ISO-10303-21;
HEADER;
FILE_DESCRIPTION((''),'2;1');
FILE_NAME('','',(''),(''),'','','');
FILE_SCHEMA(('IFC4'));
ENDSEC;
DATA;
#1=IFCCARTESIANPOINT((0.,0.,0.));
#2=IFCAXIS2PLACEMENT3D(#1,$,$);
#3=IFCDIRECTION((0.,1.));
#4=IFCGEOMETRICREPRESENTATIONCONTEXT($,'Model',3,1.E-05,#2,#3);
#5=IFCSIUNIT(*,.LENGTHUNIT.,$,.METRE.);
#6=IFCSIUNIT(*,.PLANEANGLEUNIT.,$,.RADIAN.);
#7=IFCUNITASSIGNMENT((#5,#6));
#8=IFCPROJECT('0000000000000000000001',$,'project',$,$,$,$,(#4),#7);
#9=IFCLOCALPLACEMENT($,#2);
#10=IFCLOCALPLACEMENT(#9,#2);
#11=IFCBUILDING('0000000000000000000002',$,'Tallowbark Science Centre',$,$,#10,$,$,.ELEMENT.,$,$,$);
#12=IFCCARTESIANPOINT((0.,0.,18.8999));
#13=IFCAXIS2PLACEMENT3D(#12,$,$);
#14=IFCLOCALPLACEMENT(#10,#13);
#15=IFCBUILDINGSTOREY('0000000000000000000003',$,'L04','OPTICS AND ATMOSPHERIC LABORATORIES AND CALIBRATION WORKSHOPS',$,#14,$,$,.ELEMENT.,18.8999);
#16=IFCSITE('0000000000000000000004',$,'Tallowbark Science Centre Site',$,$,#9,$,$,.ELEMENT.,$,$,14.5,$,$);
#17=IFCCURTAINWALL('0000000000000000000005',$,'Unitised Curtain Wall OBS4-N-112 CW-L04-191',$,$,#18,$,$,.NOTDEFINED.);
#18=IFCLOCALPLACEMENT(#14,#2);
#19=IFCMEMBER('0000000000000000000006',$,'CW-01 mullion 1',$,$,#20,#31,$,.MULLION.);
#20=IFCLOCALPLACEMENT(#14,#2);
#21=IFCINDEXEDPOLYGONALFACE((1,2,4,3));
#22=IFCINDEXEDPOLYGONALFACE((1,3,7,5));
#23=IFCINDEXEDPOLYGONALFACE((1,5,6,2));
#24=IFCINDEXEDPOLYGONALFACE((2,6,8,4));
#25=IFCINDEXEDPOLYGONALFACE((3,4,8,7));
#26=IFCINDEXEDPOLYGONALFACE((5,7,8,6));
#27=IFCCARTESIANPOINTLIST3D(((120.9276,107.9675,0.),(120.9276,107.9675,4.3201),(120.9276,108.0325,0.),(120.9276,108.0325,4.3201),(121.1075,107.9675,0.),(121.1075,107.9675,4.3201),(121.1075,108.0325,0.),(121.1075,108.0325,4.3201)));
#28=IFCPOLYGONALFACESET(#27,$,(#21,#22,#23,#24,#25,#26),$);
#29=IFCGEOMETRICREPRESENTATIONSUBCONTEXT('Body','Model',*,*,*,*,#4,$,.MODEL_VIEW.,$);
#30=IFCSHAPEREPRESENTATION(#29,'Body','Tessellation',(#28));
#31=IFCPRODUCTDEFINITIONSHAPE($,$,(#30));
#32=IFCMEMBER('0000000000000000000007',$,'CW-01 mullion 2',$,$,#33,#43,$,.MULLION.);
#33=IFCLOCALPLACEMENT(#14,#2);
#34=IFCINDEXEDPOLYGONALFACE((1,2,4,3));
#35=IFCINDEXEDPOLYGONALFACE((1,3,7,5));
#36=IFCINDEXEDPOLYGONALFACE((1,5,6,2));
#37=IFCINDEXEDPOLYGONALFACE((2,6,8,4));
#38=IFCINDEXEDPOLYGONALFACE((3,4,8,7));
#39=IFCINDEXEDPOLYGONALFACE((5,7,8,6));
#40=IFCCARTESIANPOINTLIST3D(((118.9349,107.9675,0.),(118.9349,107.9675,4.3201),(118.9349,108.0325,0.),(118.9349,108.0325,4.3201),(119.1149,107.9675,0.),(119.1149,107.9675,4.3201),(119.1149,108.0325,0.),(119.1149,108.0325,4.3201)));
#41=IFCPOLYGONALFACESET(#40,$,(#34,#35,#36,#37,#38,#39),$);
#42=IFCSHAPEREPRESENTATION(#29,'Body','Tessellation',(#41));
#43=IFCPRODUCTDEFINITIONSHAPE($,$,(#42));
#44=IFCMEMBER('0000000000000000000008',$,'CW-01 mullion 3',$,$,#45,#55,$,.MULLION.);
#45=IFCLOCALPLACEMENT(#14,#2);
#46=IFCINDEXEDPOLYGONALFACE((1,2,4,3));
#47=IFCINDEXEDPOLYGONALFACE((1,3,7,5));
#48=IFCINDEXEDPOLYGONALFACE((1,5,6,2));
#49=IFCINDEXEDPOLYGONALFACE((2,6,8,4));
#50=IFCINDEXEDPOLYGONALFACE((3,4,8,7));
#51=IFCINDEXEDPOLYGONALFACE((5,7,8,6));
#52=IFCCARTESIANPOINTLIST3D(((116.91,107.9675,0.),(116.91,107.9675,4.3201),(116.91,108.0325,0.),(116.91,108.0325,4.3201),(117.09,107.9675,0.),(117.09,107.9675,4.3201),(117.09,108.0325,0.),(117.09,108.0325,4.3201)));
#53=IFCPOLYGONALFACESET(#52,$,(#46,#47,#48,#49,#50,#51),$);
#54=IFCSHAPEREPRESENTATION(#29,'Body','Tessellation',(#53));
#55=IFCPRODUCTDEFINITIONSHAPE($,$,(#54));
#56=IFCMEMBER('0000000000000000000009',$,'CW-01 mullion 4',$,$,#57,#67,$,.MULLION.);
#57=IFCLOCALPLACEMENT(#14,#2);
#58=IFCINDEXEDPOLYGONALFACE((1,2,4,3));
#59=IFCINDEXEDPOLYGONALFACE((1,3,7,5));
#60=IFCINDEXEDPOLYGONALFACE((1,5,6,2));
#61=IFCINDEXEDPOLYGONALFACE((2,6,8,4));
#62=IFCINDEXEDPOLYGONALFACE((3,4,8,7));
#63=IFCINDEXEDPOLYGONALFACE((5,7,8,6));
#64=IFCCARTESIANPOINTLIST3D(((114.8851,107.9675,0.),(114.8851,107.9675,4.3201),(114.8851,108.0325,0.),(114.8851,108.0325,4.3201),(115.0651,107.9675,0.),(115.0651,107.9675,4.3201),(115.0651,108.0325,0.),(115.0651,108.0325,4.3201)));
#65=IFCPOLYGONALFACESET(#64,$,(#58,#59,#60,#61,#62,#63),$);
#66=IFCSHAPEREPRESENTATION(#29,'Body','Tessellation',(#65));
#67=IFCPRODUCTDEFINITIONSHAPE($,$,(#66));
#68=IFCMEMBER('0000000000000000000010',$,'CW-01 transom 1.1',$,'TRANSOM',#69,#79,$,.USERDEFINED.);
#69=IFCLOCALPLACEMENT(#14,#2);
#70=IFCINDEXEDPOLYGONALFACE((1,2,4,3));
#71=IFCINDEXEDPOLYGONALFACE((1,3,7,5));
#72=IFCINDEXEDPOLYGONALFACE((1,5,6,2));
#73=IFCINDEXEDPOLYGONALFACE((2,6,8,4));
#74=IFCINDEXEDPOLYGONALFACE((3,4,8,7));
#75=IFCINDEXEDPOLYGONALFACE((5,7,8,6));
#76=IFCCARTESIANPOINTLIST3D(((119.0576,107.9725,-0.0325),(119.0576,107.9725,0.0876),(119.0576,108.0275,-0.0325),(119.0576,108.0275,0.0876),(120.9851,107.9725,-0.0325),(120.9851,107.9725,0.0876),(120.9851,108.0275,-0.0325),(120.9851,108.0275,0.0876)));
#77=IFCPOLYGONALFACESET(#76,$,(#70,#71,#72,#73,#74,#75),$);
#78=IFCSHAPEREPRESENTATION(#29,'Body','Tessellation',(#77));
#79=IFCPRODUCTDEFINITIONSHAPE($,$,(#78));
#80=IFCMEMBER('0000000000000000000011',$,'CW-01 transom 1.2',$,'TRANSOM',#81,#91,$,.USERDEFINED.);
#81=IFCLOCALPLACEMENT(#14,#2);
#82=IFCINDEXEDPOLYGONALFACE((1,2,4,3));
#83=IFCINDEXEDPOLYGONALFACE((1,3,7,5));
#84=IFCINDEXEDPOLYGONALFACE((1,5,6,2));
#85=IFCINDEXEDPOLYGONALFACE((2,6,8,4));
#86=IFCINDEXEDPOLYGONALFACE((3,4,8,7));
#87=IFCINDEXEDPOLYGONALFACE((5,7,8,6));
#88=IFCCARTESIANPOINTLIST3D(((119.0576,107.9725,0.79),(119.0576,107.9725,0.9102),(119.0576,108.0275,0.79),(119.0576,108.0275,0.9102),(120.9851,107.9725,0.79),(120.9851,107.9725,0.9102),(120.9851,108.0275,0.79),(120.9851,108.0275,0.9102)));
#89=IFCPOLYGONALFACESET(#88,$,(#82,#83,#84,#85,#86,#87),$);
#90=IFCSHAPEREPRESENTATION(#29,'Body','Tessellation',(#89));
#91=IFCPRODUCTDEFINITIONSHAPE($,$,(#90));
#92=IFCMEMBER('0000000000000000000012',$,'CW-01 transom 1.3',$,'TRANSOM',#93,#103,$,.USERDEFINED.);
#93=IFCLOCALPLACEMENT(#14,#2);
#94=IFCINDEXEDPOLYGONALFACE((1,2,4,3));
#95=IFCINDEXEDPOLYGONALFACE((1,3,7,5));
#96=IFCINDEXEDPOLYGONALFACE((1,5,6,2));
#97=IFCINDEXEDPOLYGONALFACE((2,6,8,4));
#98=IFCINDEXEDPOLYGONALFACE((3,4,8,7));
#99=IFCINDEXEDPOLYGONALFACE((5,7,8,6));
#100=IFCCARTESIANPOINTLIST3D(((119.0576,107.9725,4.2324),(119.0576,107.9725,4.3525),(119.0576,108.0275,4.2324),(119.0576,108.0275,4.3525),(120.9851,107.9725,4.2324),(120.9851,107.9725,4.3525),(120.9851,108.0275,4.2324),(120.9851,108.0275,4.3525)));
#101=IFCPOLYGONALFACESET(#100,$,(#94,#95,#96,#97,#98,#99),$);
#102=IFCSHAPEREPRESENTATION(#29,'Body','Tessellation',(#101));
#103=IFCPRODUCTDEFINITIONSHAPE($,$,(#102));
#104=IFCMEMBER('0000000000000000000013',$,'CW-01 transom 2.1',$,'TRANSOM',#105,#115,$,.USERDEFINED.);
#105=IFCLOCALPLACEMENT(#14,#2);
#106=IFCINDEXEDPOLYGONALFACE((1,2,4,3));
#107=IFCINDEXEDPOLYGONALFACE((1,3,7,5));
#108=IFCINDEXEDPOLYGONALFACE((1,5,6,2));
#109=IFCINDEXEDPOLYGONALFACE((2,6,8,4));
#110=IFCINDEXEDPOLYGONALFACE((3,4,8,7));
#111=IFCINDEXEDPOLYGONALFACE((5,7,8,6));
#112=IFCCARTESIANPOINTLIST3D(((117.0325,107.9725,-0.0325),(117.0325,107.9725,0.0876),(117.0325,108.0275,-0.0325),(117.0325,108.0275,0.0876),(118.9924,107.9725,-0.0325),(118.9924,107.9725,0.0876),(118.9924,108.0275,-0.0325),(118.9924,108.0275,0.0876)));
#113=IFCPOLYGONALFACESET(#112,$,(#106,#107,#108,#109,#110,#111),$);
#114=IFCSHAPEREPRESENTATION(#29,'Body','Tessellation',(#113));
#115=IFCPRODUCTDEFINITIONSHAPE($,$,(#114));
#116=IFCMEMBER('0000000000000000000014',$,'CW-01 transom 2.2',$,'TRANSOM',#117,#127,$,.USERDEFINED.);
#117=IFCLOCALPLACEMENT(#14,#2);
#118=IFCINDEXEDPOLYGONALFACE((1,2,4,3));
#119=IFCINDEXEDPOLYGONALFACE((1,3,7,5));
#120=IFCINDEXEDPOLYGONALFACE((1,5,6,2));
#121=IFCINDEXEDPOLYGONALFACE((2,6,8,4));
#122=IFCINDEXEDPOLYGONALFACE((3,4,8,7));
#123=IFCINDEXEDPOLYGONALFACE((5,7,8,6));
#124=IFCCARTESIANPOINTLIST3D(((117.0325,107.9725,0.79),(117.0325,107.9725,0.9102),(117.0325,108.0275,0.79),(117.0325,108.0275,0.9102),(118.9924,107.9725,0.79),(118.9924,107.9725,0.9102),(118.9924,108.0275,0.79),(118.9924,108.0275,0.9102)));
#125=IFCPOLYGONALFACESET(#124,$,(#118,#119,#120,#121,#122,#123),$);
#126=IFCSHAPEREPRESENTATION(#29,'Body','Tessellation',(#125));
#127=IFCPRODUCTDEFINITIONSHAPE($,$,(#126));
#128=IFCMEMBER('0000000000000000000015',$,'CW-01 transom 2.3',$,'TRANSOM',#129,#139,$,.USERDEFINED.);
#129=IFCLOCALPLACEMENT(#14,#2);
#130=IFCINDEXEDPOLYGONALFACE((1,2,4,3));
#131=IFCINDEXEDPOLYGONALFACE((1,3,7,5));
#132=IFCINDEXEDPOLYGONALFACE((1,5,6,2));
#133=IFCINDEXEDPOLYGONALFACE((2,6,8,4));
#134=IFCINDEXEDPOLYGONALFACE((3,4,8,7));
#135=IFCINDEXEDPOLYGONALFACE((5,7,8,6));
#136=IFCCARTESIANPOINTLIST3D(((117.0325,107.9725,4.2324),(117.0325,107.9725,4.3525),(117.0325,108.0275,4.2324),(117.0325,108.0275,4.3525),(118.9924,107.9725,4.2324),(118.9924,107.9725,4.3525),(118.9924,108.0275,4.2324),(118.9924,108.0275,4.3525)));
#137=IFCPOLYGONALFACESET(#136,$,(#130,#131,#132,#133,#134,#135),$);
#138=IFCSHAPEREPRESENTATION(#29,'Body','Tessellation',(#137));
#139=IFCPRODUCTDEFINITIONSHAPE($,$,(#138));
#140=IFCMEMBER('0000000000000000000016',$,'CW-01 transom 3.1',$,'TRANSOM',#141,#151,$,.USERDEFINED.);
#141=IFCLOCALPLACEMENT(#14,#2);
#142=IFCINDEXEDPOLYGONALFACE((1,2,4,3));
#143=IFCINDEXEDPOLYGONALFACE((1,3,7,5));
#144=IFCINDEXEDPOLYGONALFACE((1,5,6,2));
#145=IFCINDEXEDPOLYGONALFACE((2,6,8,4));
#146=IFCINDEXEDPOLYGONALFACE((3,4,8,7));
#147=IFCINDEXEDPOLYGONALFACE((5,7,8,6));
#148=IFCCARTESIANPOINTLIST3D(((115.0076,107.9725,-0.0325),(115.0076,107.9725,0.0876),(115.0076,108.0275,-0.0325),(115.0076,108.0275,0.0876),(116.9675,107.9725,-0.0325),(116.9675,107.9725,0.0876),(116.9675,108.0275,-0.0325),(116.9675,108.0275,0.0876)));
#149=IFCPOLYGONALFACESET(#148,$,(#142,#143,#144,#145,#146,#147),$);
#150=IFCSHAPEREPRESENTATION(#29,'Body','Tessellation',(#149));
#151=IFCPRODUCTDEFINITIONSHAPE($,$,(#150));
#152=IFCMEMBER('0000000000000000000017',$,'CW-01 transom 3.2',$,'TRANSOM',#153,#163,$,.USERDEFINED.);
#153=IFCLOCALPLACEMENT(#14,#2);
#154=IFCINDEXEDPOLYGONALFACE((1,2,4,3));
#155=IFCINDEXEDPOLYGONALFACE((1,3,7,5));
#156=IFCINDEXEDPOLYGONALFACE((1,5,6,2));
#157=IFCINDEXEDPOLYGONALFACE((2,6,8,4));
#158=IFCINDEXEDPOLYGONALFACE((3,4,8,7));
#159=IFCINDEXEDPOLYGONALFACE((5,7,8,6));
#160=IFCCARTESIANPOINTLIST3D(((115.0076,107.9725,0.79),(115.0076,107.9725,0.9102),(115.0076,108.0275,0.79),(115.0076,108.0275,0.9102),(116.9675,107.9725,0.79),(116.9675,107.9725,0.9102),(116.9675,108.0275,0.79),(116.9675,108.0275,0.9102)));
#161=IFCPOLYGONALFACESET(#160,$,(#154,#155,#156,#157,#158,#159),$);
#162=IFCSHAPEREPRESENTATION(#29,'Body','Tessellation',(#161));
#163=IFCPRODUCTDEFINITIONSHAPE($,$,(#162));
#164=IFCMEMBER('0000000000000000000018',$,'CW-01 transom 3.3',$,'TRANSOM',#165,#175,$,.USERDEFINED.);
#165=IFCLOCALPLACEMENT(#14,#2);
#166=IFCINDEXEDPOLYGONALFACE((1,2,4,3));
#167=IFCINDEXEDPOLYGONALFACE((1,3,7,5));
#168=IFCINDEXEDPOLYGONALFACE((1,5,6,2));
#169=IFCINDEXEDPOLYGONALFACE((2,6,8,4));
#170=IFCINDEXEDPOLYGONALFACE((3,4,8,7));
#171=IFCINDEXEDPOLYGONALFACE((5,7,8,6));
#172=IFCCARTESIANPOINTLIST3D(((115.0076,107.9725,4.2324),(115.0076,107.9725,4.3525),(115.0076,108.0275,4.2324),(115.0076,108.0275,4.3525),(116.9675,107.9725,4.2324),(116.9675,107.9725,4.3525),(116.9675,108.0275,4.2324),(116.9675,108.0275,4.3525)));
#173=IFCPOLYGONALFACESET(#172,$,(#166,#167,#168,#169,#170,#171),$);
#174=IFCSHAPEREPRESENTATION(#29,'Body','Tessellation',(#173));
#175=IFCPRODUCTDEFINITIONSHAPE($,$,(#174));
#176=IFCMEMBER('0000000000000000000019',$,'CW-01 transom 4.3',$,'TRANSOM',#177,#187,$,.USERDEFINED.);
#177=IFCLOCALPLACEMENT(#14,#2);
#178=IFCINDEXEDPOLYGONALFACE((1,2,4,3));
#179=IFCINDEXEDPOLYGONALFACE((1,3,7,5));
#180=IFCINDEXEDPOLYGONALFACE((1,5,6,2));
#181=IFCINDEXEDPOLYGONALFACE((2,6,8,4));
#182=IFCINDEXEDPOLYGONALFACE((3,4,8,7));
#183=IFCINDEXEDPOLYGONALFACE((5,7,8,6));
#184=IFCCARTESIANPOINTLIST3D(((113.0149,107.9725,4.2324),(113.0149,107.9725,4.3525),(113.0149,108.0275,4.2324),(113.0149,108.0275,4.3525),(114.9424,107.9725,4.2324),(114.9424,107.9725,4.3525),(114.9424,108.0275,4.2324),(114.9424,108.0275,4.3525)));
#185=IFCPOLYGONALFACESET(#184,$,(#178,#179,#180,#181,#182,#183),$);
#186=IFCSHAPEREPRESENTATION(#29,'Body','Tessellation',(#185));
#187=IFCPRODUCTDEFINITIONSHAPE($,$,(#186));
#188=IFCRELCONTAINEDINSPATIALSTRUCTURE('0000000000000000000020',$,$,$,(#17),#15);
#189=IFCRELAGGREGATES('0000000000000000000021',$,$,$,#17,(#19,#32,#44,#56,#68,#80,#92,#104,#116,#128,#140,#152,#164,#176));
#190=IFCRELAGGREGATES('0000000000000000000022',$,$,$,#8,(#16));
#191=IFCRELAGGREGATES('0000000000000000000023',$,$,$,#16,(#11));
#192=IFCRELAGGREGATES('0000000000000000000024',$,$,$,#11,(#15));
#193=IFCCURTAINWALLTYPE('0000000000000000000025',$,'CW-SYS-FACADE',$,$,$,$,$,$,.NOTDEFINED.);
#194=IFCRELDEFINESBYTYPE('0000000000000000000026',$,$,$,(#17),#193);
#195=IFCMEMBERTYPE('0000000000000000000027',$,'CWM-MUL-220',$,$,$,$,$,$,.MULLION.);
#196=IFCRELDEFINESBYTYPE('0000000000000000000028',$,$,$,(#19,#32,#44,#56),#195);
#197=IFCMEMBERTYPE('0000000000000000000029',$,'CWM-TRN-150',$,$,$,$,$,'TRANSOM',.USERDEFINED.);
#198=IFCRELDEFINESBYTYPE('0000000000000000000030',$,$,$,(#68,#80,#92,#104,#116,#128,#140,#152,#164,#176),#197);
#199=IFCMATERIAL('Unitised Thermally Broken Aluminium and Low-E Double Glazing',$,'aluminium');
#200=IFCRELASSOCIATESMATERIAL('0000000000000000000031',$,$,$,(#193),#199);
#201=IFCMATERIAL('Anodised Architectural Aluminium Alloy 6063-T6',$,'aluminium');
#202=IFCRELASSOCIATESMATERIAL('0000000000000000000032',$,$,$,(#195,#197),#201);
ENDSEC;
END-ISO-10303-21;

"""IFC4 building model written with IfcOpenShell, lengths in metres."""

from ifc_helpers import new_model, si_unit, direction, frame, origin, origin_2d, place, context, subcontext, project, spatial, rectangle, extrude, material, material_profile, profile_set, type_object, element, aggregate, save


model = new_model("IFC4")

# Units and contexts
model_context = context("Model", 3, precision=1e-05, world=origin(), true_north=direction((0.0, 1.0)))
body_context = subcontext(model_context, "Body", "Model", "MODEL_VIEW")
ifc_project = project(units=[si_unit("LENGTHUNIT", "METRE"), si_unit("PLANEANGLEUNIT", "RADIAN")], contexts=[model_context])

# Site, building, storey
site_placement = place(None, origin())
site = spatial("IfcSite", under=ifc_project, at=site_placement, Name="Tallowbark Science Centre Site", CompositionType="ELEMENT", RefElevation=14.5)
building_placement = place(site_placement, origin())
building = spatial("IfcBuilding", under=site, at=building_placement, Name="Tallowbark Science Centre", CompositionType="ELEMENT")
storey_placement = place(building_placement, frame((0.0, 0.0, 18.8999)))
storey = spatial("IfcBuildingStorey", under=building, at=storey_placement, Name="L04", Description="OPTICS AND ATMOSPHERIC LABORATORIES AND CALIBRATION WORKSHOPS", CompositionType="ELEMENT", Elevation=18.8999)

# Curtain wall, members
ifc_material_1 = material(Name="Unitised Thermally Broken Aluminium and Low-E Double Glazing", Category="aluminium")
curtain_wall_type = type_object("IfcCurtainWallType", Name="CW-SYS-FACADE", PredefinedType="NOTDEFINED", material=ifc_material_1)
curtain_wall_placement = place(storey_placement, origin())
curtain_wall = element("IfcCurtainWall", 1, at=curtain_wall_placement, inside=storey, type_object=curtain_wall_type, Name="Unitised Curtain Wall OBS4-N-112 CW-L04-191", PredefinedType="NOTDEFINED")
ifc_material_2 = material(Name="Anodised Architectural Aluminium Alloy 6063-T6", Category="aluminium")
ifc_material_profile_1 = material_profile(ifc_material_2, rectangle(XDim=0.0649, YDim=0.1799, at=origin_2d()), Name="ALU65x180")
ifc_profile_set_1 = profile_set([ifc_material_profile_1], Name="Anodised Architectural Aluminium Alloy 6063-T6")
member_type_1 = type_object("IfcMemberType", Name="CWM-MUL-220", PredefinedType="MULLION", material=ifc_profile_set_1)
member_1_placement = place(storey_placement, frame((121.0176, 108.0, 0.0), z_axis=(0.0, 0.0, 1.0), x_axis=(0.0, -1.0, 0.0)))
member_1 = element("IfcMember", 2, at=member_1_placement, type_object=member_type_1, Name="CW-01 mullion 1", PredefinedType="MULLION", context=body_context, shape_type="SweptSolid", body=[
    extrude(rectangle(XDim=0.0649, YDim=0.1799, at=origin_2d()), origin(), (0.0, 0.0, 1.0), 4.3201),
])
member_2_placement = place(storey_placement, frame((119.0249, 108.0, 0.0), z_axis=(0.0, 0.0, 1.0), x_axis=(0.0, -1.0, 0.0)))
member_2 = element("IfcMember", 3, at=member_2_placement, type_object=member_type_1, Name="CW-01 mullion 2", PredefinedType="MULLION", context=body_context, shape_type="SweptSolid", body=[
    extrude(rectangle(XDim=0.0649, YDim=0.1799, at=origin_2d()), origin(), (0.0, 0.0, 1.0), 4.3201),
])
member_3_placement = place(storey_placement, frame((117.0, 108.0, 0.0), z_axis=(0.0, 0.0, 1.0), x_axis=(0.0, -1.0, 0.0)))
member_3 = element("IfcMember", 4, at=member_3_placement, type_object=member_type_1, Name="CW-01 mullion 3", PredefinedType="MULLION", context=body_context, shape_type="SweptSolid", body=[
    extrude(rectangle(XDim=0.0649, YDim=0.1799, at=origin_2d()), origin(), (0.0, 0.0, 1.0), 4.3201),
])
member_4_placement = place(storey_placement, frame((114.9751, 108.0, 0.0), z_axis=(0.0, 0.0, 1.0), x_axis=(0.0, -1.0, 0.0)))
member_4 = element("IfcMember", 5, at=member_4_placement, type_object=member_type_1, Name="CW-01 mullion 4", PredefinedType="MULLION", context=body_context, shape_type="SweptSolid", body=[
    extrude(rectangle(XDim=0.0649, YDim=0.1799, at=origin_2d()), origin(), (0.0, 0.0, 1.0), 4.3201),
])
ifc_material_profile_2 = material_profile(ifc_material_2, rectangle(XDim=0.0549, YDim=0.1201, at=origin_2d()), Name="ALU55x120")
ifc_profile_set_2 = profile_set([ifc_material_profile_2], Name="Anodised Architectural Aluminium Alloy 6063-T6")
member_type_2 = type_object("IfcMemberType", Name="CWM-TRN-150", ElementType="TRANSOM", PredefinedType="USERDEFINED", material=ifc_profile_set_2)
member_5_placement = place(storey_placement, frame((120.9851, 108.0, 0.0276), z_axis=(-1.0, 0.0, 0.0), x_axis=(0.0, -1.0, 0.0)))
member_5 = element("IfcMember", 6, at=member_5_placement, type_object=member_type_2, Name="CW-01 transom 1.1", ObjectType="TRANSOM", PredefinedType="USERDEFINED", context=body_context, shape_type="SweptSolid", body=[
    extrude(rectangle(XDim=0.0549, YDim=0.1201, at=origin_2d()), origin(), (0.0, 0.0, 1.0), 1.9275),
])
member_6_placement = place(storey_placement, frame((120.9851, 108.0, 0.8501), z_axis=(-1.0, 0.0, 0.0), x_axis=(0.0, -1.0, 0.0)))
member_6 = element("IfcMember", 7, at=member_6_placement, type_object=member_type_2, Name="CW-01 transom 1.2", ObjectType="TRANSOM", PredefinedType="USERDEFINED", context=body_context, shape_type="SweptSolid", body=[
    extrude(rectangle(XDim=0.0549, YDim=0.1201, at=origin_2d()), origin(), (0.0, 0.0, 1.0), 1.9275),
])
member_7_placement = place(storey_placement, frame((120.9851, 108.0, 4.2925), z_axis=(-1.0, 0.0, 0.0), x_axis=(0.0, -1.0, 0.0)))
member_7 = element("IfcMember", 8, at=member_7_placement, type_object=member_type_2, Name="CW-01 transom 1.3", ObjectType="TRANSOM", PredefinedType="USERDEFINED", context=body_context, shape_type="SweptSolid", body=[
    extrude(rectangle(XDim=0.0549, YDim=0.1201, at=origin_2d()), origin(), (0.0, 0.0, 1.0), 1.9275),
])
member_8_placement = place(storey_placement, frame((118.9924, 108.0, 0.0276), z_axis=(-1.0, 0.0, 0.0), x_axis=(0.0, -1.0, 0.0)))
member_8 = element("IfcMember", 9, at=member_8_placement, type_object=member_type_2, Name="CW-01 transom 2.1", ObjectType="TRANSOM", PredefinedType="USERDEFINED", context=body_context, shape_type="SweptSolid", body=[
    extrude(rectangle(XDim=0.0549, YDim=0.1201, at=origin_2d()), origin(), (0.0, 0.0, 1.0), 1.96),
])
member_9_placement = place(storey_placement, frame((118.9924, 108.0, 0.8501), z_axis=(-1.0, 0.0, 0.0), x_axis=(0.0, -1.0, 0.0)))
member_9 = element("IfcMember", 10, at=member_9_placement, type_object=member_type_2, Name="CW-01 transom 2.2", ObjectType="TRANSOM", PredefinedType="USERDEFINED", context=body_context, shape_type="SweptSolid", body=[
    extrude(rectangle(XDim=0.0549, YDim=0.1201, at=origin_2d()), origin(), (0.0, 0.0, 1.0), 1.96),
])
member_10_placement = place(storey_placement, frame((118.9924, 108.0, 4.2925), z_axis=(-1.0, 0.0, 0.0), x_axis=(0.0, -1.0, 0.0)))
member_10 = element("IfcMember", 11, at=member_10_placement, type_object=member_type_2, Name="CW-01 transom 2.3", ObjectType="TRANSOM", PredefinedType="USERDEFINED", context=body_context, shape_type="SweptSolid", body=[
    extrude(rectangle(XDim=0.0549, YDim=0.1201, at=origin_2d()), origin(), (0.0, 0.0, 1.0), 1.96),
])
member_11_placement = place(storey_placement, frame((116.9675, 108.0, 0.0276), z_axis=(-1.0, 0.0, 0.0), x_axis=(0.0, -1.0, 0.0)))
member_11 = element("IfcMember", 12, at=member_11_placement, type_object=member_type_2, Name="CW-01 transom 3.1", ObjectType="TRANSOM", PredefinedType="USERDEFINED", context=body_context, shape_type="SweptSolid", body=[
    extrude(rectangle(XDim=0.0549, YDim=0.1201, at=origin_2d()), origin(), (0.0, 0.0, 1.0), 1.96),
])
member_12_placement = place(storey_placement, frame((116.9675, 108.0, 0.8501), z_axis=(-1.0, 0.0, 0.0), x_axis=(0.0, -1.0, 0.0)))
member_12 = element("IfcMember", 13, at=member_12_placement, type_object=member_type_2, Name="CW-01 transom 3.2", ObjectType="TRANSOM", PredefinedType="USERDEFINED", context=body_context, shape_type="SweptSolid", body=[
    extrude(rectangle(XDim=0.0549, YDim=0.1201, at=origin_2d()), origin(), (0.0, 0.0, 1.0), 1.96),
])
member_13_placement = place(storey_placement, frame((116.9675, 108.0, 4.2925), z_axis=(-1.0, 0.0, 0.0), x_axis=(0.0, -1.0, 0.0)))
member_13 = element("IfcMember", 14, at=member_13_placement, type_object=member_type_2, Name="CW-01 transom 3.3", ObjectType="TRANSOM", PredefinedType="USERDEFINED", context=body_context, shape_type="SweptSolid", body=[
    extrude(rectangle(XDim=0.0549, YDim=0.1201, at=origin_2d()), origin(), (0.0, 0.0, 1.0), 1.96),
])
member_14_placement = place(storey_placement, frame((114.9424, 108.0, 4.2925), z_axis=(-1.0, 0.0, 0.0), x_axis=(0.0, -1.0, 0.0)))
member_14 = element("IfcMember", 15, at=member_14_placement, type_object=member_type_2, Name="CW-01 transom 4.3", ObjectType="TRANSOM", PredefinedType="USERDEFINED", context=body_context, shape_type="SweptSolid", body=[
    extrude(rectangle(XDim=0.0549, YDim=0.1201, at=origin_2d()), origin(), (0.0, 0.0, 1.0), 1.9275),
])

aggregate(curtain_wall, [member_1, member_2, member_3, member_4, member_5, member_6, member_7, member_8, member_9, member_10, member_11, member_12, member_13, member_14])

save(model, "model.ifc")
